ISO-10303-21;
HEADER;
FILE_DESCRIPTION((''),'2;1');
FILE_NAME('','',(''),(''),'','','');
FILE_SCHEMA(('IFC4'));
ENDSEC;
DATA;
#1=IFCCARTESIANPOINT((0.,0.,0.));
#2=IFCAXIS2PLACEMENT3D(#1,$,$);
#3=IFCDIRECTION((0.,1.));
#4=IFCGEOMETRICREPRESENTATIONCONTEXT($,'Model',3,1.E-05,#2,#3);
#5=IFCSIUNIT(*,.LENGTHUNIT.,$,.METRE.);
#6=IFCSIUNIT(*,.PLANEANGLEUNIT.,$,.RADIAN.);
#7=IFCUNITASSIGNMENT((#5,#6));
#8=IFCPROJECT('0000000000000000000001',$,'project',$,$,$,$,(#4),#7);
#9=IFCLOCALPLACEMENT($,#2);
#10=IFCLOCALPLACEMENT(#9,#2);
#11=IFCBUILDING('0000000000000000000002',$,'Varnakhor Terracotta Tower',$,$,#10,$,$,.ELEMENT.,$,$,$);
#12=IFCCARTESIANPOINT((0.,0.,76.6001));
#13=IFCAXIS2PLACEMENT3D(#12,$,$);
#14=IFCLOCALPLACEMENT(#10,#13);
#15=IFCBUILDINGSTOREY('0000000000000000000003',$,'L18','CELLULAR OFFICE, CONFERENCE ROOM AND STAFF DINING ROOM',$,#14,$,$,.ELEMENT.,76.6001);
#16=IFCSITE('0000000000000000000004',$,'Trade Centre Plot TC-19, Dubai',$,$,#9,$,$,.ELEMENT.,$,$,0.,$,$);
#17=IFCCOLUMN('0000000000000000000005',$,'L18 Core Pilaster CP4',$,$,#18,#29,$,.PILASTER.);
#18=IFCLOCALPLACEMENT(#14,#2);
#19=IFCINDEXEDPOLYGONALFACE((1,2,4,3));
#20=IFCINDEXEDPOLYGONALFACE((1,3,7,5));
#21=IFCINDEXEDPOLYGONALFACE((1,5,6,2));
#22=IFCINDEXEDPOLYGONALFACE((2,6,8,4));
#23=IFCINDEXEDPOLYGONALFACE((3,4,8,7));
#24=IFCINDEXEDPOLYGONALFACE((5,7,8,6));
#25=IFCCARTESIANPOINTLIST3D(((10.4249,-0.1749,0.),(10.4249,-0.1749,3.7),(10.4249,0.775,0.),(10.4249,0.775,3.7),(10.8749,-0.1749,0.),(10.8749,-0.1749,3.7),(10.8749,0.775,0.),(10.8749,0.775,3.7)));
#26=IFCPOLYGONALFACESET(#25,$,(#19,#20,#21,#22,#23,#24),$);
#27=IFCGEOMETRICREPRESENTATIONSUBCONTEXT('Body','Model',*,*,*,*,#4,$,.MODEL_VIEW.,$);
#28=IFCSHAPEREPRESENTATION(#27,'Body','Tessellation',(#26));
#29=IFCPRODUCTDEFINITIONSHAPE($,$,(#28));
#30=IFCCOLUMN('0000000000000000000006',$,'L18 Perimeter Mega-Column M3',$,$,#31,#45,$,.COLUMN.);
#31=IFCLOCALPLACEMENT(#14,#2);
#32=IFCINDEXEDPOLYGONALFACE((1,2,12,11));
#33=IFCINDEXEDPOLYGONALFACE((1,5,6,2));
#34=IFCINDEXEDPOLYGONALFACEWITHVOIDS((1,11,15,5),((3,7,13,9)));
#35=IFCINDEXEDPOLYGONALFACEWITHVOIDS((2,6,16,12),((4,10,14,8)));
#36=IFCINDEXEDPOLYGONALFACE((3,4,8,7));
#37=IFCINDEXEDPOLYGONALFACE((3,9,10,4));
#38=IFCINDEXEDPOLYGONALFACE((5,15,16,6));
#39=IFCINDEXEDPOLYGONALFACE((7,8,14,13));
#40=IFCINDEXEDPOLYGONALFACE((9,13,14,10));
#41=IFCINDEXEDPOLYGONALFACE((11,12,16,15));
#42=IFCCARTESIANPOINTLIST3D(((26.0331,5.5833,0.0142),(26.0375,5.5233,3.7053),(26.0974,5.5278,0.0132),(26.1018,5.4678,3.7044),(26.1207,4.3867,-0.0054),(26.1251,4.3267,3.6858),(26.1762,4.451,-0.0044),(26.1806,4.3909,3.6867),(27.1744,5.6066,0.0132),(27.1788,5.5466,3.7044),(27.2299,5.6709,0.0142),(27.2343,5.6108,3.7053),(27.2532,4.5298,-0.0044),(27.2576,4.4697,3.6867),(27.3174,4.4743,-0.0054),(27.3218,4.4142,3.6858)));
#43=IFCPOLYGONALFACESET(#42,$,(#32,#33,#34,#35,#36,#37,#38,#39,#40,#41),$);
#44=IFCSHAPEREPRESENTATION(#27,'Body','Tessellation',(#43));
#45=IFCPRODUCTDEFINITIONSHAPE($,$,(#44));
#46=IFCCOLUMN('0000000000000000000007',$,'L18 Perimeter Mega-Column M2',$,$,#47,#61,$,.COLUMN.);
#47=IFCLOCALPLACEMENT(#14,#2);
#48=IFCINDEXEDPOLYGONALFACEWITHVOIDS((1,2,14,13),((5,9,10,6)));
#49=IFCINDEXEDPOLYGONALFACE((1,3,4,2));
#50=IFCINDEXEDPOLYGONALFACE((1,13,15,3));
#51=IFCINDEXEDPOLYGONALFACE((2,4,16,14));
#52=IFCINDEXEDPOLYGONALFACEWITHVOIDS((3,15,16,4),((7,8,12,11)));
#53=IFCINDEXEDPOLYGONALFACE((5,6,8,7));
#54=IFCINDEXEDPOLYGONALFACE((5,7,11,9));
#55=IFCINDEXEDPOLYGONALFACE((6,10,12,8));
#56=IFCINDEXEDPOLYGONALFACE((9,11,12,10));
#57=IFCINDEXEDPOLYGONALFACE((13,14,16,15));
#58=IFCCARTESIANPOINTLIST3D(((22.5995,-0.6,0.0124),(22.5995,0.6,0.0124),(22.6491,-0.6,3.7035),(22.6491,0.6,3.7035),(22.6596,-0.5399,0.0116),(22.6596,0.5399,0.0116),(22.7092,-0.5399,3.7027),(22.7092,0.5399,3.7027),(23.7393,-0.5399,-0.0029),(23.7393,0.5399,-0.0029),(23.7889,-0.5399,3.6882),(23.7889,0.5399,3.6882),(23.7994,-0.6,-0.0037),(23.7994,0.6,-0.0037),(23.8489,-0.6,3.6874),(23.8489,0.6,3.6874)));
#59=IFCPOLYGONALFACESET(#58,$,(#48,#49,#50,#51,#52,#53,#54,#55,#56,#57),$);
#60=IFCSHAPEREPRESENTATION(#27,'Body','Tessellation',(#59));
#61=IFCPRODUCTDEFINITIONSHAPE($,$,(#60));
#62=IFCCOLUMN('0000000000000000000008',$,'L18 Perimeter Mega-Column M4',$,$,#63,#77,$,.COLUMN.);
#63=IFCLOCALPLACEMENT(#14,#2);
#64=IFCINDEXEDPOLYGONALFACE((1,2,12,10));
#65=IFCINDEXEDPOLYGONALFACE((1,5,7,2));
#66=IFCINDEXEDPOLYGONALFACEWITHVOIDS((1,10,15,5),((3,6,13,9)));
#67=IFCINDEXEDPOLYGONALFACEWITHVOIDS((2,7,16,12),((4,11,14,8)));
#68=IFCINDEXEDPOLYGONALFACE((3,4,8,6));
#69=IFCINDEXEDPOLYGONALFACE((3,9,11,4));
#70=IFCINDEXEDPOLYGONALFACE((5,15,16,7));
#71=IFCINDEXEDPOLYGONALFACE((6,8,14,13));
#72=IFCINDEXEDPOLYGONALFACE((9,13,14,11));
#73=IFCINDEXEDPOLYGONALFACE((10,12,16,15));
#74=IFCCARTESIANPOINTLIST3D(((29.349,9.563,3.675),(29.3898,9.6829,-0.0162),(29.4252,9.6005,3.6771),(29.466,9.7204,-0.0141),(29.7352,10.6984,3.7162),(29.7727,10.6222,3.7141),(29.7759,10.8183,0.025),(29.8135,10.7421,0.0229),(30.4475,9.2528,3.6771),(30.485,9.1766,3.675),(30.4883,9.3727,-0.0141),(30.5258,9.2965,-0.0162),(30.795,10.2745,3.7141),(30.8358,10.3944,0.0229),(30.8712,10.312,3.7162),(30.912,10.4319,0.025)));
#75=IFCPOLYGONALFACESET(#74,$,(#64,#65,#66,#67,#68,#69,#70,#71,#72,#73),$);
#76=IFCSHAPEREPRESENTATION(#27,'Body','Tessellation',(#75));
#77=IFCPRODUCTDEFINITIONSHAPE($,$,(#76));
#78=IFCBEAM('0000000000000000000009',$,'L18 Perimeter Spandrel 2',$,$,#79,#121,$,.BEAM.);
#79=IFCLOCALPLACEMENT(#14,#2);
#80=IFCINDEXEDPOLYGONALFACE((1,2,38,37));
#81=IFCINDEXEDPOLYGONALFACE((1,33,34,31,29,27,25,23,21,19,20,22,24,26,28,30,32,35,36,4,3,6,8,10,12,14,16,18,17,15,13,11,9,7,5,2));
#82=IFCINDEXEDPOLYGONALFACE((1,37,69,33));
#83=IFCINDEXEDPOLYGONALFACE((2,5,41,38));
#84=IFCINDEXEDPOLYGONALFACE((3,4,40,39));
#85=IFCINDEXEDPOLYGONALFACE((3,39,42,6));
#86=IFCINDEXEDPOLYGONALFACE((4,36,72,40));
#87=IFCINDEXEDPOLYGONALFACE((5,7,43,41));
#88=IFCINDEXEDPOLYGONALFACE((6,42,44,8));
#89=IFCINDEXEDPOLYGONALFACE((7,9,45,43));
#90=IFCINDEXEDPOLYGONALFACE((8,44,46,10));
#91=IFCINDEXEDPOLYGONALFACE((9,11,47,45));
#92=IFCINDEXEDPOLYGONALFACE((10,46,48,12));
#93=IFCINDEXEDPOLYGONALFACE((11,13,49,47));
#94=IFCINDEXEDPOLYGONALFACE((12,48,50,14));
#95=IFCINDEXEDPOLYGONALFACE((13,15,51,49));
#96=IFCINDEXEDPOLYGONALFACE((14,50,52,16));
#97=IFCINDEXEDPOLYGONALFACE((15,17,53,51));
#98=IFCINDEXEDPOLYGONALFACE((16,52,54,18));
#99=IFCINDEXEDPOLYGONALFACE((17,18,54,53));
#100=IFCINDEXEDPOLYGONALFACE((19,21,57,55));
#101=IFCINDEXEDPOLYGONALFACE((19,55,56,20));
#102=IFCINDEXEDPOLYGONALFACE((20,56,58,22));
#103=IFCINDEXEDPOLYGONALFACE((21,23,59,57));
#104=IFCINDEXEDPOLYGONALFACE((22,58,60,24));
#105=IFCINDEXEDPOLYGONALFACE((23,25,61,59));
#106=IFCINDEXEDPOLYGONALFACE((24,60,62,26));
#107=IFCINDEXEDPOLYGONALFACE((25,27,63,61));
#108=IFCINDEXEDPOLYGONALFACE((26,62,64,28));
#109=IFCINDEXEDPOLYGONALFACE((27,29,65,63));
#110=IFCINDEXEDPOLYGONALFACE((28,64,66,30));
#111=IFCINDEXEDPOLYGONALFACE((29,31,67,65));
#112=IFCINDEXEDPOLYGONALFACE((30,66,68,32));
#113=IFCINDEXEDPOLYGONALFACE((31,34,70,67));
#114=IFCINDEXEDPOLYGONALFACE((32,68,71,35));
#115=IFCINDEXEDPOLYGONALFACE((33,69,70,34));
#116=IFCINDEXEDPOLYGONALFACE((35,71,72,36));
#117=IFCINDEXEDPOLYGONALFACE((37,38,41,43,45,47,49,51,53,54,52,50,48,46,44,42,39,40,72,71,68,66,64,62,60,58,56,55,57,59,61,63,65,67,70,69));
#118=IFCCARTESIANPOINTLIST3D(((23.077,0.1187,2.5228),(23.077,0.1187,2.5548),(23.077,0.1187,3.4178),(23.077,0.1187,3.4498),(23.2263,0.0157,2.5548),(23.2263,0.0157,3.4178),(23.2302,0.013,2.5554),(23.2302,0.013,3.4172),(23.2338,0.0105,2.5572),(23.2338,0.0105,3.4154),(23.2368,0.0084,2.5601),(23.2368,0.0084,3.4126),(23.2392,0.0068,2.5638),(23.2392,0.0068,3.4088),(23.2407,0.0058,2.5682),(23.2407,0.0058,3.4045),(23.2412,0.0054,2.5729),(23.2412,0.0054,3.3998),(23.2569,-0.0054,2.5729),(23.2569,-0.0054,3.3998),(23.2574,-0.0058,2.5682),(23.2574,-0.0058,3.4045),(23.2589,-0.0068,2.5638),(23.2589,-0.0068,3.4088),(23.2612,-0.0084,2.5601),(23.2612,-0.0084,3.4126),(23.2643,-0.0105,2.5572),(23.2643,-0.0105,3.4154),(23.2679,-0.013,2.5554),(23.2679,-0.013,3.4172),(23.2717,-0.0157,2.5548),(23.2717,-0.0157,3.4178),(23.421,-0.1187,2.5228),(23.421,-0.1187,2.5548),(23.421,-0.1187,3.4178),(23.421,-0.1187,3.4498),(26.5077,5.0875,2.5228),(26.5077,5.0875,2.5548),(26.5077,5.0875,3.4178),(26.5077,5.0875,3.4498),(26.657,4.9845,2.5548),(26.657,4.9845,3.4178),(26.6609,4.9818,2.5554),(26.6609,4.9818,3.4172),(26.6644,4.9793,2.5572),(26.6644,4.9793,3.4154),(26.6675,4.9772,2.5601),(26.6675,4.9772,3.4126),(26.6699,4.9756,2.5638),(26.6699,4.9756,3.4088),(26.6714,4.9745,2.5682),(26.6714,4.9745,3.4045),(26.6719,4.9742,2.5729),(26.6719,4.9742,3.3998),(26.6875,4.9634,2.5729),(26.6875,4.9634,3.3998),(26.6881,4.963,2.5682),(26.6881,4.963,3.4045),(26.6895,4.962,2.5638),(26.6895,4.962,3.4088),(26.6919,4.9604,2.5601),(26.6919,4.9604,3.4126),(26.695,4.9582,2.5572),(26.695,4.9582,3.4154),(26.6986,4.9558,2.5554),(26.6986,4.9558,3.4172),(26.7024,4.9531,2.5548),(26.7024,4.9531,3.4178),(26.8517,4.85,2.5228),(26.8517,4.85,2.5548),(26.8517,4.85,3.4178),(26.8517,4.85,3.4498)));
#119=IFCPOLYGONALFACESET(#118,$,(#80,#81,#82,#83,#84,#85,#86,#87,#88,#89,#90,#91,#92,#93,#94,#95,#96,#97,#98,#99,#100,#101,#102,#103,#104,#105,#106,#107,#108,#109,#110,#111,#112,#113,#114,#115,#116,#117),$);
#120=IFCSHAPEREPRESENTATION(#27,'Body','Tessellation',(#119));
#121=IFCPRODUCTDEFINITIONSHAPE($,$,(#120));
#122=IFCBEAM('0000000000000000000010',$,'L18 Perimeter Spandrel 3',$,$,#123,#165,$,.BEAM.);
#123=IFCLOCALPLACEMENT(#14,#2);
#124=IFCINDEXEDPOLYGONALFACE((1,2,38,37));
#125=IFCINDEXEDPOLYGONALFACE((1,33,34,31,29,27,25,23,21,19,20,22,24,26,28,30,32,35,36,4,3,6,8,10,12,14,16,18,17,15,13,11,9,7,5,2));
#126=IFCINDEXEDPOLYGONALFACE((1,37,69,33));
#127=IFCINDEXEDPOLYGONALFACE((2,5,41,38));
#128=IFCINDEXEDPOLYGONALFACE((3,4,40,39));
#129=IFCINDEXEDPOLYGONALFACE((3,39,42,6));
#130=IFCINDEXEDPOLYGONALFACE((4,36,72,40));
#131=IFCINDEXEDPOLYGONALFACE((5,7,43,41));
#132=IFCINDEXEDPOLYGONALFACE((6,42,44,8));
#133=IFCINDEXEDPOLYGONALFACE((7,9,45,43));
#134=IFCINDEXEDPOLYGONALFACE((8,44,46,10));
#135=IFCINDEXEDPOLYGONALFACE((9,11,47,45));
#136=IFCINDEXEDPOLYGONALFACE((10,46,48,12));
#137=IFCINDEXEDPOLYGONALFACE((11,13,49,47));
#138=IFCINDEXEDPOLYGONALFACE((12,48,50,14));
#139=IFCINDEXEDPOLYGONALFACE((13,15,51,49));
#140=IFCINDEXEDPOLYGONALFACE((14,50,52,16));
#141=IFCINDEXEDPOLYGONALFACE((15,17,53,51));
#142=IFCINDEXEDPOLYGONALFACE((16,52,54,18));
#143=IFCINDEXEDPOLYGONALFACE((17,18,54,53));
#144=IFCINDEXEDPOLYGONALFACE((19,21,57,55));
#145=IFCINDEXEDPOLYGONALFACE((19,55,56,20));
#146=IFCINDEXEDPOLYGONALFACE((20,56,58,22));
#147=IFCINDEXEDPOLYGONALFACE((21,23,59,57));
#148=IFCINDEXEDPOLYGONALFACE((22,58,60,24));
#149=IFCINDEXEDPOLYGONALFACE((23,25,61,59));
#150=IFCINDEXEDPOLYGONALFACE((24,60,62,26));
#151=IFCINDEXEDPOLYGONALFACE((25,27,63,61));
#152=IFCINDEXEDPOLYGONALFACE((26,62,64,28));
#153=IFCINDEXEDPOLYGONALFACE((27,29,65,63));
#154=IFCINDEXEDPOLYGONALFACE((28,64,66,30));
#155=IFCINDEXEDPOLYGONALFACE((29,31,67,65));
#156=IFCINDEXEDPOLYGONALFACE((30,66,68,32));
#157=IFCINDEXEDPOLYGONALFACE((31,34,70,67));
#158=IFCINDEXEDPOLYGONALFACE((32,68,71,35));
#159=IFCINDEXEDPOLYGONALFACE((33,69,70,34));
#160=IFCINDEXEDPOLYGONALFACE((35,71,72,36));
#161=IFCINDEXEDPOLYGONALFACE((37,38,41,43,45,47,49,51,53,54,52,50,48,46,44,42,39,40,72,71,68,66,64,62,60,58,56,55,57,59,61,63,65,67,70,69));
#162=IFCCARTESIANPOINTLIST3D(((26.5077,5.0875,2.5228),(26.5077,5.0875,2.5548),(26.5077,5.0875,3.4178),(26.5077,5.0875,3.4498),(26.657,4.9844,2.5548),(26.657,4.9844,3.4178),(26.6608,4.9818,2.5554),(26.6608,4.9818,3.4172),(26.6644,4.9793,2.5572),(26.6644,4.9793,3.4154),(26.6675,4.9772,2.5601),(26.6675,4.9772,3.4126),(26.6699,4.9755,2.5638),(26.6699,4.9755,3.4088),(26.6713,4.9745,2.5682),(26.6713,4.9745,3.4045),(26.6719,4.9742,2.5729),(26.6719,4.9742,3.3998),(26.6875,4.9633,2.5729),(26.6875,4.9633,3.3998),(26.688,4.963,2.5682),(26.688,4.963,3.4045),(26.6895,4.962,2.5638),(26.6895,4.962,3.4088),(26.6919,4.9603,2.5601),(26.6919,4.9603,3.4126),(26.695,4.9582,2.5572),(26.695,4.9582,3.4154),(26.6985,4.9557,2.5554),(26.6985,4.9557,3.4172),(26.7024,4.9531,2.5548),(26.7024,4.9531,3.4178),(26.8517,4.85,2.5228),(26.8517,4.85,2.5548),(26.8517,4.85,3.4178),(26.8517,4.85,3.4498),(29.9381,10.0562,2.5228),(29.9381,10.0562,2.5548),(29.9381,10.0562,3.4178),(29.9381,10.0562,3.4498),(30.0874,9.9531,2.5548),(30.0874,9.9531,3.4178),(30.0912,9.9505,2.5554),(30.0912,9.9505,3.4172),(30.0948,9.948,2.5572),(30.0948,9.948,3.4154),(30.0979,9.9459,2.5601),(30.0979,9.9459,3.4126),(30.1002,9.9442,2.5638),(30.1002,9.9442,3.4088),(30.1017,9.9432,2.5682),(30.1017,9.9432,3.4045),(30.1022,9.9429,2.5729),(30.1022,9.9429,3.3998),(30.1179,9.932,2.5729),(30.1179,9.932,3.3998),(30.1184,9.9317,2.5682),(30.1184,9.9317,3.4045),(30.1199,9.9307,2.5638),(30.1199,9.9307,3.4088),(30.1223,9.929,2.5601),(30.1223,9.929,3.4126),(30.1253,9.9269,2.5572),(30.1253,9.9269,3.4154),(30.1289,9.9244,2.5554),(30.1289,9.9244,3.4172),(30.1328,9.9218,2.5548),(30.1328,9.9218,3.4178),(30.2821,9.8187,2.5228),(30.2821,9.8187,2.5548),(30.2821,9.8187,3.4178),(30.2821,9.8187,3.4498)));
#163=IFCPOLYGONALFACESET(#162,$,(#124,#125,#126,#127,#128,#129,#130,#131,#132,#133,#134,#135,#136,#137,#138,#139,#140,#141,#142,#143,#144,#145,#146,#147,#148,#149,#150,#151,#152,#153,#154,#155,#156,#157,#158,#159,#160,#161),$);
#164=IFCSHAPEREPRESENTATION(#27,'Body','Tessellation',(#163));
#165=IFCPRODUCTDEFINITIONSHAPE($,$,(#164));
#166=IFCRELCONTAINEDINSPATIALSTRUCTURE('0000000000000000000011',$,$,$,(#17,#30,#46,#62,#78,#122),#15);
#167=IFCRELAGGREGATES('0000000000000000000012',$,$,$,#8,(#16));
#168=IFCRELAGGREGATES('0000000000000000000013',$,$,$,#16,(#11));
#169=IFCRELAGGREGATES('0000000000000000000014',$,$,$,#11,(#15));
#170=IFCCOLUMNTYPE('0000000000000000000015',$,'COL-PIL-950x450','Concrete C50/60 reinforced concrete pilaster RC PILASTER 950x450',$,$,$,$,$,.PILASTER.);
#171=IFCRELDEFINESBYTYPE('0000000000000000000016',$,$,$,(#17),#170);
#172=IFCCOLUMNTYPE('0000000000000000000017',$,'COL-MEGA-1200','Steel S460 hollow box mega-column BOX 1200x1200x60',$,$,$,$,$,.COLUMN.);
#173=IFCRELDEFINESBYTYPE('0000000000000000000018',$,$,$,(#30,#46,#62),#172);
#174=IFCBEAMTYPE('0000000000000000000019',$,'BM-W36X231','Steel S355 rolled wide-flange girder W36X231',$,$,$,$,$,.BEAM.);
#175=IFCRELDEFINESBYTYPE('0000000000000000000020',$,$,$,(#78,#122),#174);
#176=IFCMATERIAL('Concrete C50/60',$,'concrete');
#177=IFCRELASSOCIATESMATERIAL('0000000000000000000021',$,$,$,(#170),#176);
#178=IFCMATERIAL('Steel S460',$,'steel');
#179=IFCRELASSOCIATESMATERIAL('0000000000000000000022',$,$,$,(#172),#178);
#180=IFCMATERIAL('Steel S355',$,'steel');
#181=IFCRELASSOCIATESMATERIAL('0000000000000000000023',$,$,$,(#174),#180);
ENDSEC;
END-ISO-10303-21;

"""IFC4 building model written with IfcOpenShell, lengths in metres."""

from ifc_helpers import new_model, si_unit, direction, frame, origin, origin_2d, place, context, subcontext, project, spatial, rectangle, hollow_rectangle, i_section, extrude, source, transform, mapped, material, material_profile, profile_set, type_object, type_shapes, element, save


model = new_model("IFC4")

# Units and contexts
model_context = context("Model", 3, precision=1e-05, world=origin(), true_north=direction((0.0, 1.0)))
body_context = subcontext(model_context, "Body", "Model", "MODEL_VIEW")
ifc_project = project(units=[si_unit("LENGTHUNIT", "METRE"), si_unit("PLANEANGLEUNIT", "RADIAN")], contexts=[model_context])

# Site, building, storey
site_placement = place(None, origin())
site = spatial("IfcSite", under=ifc_project, at=site_placement, Name="Trade Centre Plot TC-19, Dubai", CompositionType="ELEMENT", RefElevation=0.0)
building_placement = place(site_placement, origin())
building = spatial("IfcBuilding", under=site, at=building_placement, Name="Varnakhor Terracotta Tower", CompositionType="ELEMENT")
storey_placement = place(building_placement, frame((0.0, 0.0, 76.6001)))
storey = spatial("IfcBuildingStorey", under=building, at=storey_placement, Name="L18", Description="CELLULAR OFFICE, CONFERENCE ROOM AND STAFF DINING ROOM", CompositionType="ELEMENT", Elevation=76.6001)

# Columns
ifc_material_1 = material(Name="Concrete C50/60", Category="concrete")
ifc_material_profile_1 = material_profile(ifc_material_1, rectangle(XDim=0.45, YDim=0.95, at=origin_2d()), Name="RC PILASTER 950x450")
ifc_profile_set_1 = profile_set([ifc_material_profile_1], Name="Concrete C50/60")
column_type_1 = type_object("IfcColumnType", Name="COL-PIL-950x450", Description="Concrete C50/60 reinforced concrete pilaster RC PILASTER 950x450", PredefinedType="PILASTER", material=ifc_profile_set_1)
shared_shape_1 = source(origin(), body_context, "Body", "SweptSolid", [
    extrude(rectangle(XDim=0.45, YDim=0.95, at=origin_2d()), origin(), (0.0, 0.0, 1.0), 3.7),
])
column_1_placement = place(storey_placement, frame((10.6499, 0.3, 0.0), z_axis=(0.0, 0.0, 1.0), x_axis=(1.0, 0.0, 0.0)))
element("IfcColumn", 1, at=column_1_placement, inside=storey, type_object=column_type_1, Name="L18 Core Pilaster CP4", PredefinedType="PILASTER", context=body_context, shape_type="MappedRepresentation", body=[
    mapped(shared_shape_1, transform((0.0, 0.0, 0.0), scale=1.0)),
])
ifc_material_2 = material(Name="Steel S460", Category="steel")
ifc_material_profile_2 = material_profile(ifc_material_2, hollow_rectangle(XDim=1.2, YDim=1.2, WallThickness=0.0601, at=origin_2d()), Name="BOX 1200x1200x60")
ifc_profile_set_2 = profile_set([ifc_material_profile_2], Name="Steel S460")
column_type_2 = type_object("IfcColumnType", Name="COL-MEGA-1200", Description="Steel S460 hollow box mega-column BOX 1200x1200x60", PredefinedType="COLUMN", material=ifc_profile_set_2)
shared_shape_2 = source(origin(), body_context, "Body", "SweptSolid", [
    extrude(hollow_rectangle(XDim=1.2, YDim=1.2, WallThickness=0.0601, at=origin_2d()), origin(), (0.0, 0.0, 1.0), 3.6917),
])
type_shapes(column_type_2, [shared_shape_2])
column_2_placement = place(storey_placement, frame((26.6753, 5.0288, 0.0044), z_axis=(0.00119, -0.016269, 0.999867), x_axis=(0.997334, 0.072976, 0.0)))
element("IfcColumn", 2, at=column_2_placement, inside=storey, type_object=column_type_2, Name="L18 Perimeter Mega-Column M3", PredefinedType="COLUMN", context=body_context, shape_type="MappedRepresentation", body=[
    mapped(shared_shape_2, transform((0.0, 0.0, 0.0), scale=1.0)),
])
shared_shape_3 = source(origin(), body_context, "Body", "SweptSolid", [
    extrude(hollow_rectangle(XDim=1.2, YDim=1.2, WallThickness=0.0601, at=origin_2d()), origin(), (0.0, 0.0, 1.0), 3.6914),
])
column_3_placement = place(storey_placement, frame((23.1995, 0.0, 0.0044), z_axis=(0.013426, 0.0, 0.99991), x_axis=(0.0, 1.0, 0.0)))
element("IfcColumn", 3, at=column_3_placement, inside=storey, type_object=column_type_2, Name="L18 Perimeter Mega-Column M2", PredefinedType="COLUMN", context=body_context, shape_type="MappedRepresentation", body=[
    mapped(shared_shape_3, transform((0.0, 0.0, 0.0), scale=1.0)),
])
shared_shape_4 = source(origin(), body_context, "Body", "SweptSolid", [
    extrude(hollow_rectangle(XDim=1.2, YDim=1.2, WallThickness=0.0601, at=origin_2d()), origin(), (0.0, 0.0, 1.0), 3.6934),
])
column_4_placement = place(storey_placement, frame((30.1509, 10.0574, 0.0044), z_axis=(-0.011039, -0.032457, 0.999412), x_axis=(0.946737, -0.322006, 0.0)))
element("IfcColumn", 4, at=column_4_placement, inside=storey, type_object=column_type_2, Name="L18 Perimeter Mega-Column M4", PredefinedType="COLUMN", context=body_context, shape_type="MappedRepresentation", body=[
    mapped(shared_shape_4, transform((0.0, 0.0, 0.0), scale=1.0)),
])

# Beams
ifc_material_3 = material(Name="Steel S355", Category="steel")
ifc_material_profile_3 = material_profile(ifc_material_3, i_section(OverallWidth=0.418, OverallDepth=0.927, WebThickness=0.019, FlangeThickness=0.032, FilletRadius=0.0181, at=origin_2d()), Name="W36X231")
ifc_profile_set_3 = profile_set([ifc_material_profile_3], Name="Steel S355")
beam_type_1 = type_object("IfcBeamType", Name="BM-W36X231", Description="Steel S355 rolled wide-flange girder W36X231", PredefinedType="BEAM", material=ifc_profile_set_3)
shared_shape_5 = source(origin(), body_context, "Body", "SweptSolid", [
    extrude(i_section(OverallWidth=0.418, OverallDepth=0.927, WebThickness=0.019, FlangeThickness=0.032, FilletRadius=0.0181, at=origin_2d()), origin(), (0.0, 0.0, 1.0), 6.0381),
])
beam_1_placement = place(storey_placement, frame((23.249, 0.0, 2.9863), z_axis=(0.568175, 0.822908, 0.0), x_axis=(-0.822908, 0.568175, 0.0)))
element("IfcBeam", 5, at=beam_1_placement, inside=storey, type_object=beam_type_1, Name="L18 Perimeter Spandrel 2", PredefinedType="BEAM", context=body_context, shape_type="MappedRepresentation", body=[
    mapped(shared_shape_5, transform((0.0, 0.0, 0.0), scale=1.0)),
])
shared_shape_6 = source(origin(), body_context, "Body", "SweptSolid", [
    extrude(i_section(OverallWidth=0.418, OverallDepth=0.927, WebThickness=0.019, FlangeThickness=0.032, FilletRadius=0.0181, at=origin_2d()), origin(), (0.0, 0.0, 1.0), 6.0378),
])
beam_2_placement = place(storey_placement, frame((26.6797, 4.9688, 2.9863), z_axis=(0.568148, 0.822927, 0.0), x_axis=(-0.822927, 0.568148, 0.0)))
element("IfcBeam", 6, at=beam_2_placement, inside=storey, type_object=beam_type_1, Name="L18 Perimeter Spandrel 3", PredefinedType="BEAM", context=body_context, shape_type="MappedRepresentation", body=[
    mapped(shared_shape_6, transform((0.0, 0.0, 0.0), scale=1.0)),
])

save(model, "model.ifc")
